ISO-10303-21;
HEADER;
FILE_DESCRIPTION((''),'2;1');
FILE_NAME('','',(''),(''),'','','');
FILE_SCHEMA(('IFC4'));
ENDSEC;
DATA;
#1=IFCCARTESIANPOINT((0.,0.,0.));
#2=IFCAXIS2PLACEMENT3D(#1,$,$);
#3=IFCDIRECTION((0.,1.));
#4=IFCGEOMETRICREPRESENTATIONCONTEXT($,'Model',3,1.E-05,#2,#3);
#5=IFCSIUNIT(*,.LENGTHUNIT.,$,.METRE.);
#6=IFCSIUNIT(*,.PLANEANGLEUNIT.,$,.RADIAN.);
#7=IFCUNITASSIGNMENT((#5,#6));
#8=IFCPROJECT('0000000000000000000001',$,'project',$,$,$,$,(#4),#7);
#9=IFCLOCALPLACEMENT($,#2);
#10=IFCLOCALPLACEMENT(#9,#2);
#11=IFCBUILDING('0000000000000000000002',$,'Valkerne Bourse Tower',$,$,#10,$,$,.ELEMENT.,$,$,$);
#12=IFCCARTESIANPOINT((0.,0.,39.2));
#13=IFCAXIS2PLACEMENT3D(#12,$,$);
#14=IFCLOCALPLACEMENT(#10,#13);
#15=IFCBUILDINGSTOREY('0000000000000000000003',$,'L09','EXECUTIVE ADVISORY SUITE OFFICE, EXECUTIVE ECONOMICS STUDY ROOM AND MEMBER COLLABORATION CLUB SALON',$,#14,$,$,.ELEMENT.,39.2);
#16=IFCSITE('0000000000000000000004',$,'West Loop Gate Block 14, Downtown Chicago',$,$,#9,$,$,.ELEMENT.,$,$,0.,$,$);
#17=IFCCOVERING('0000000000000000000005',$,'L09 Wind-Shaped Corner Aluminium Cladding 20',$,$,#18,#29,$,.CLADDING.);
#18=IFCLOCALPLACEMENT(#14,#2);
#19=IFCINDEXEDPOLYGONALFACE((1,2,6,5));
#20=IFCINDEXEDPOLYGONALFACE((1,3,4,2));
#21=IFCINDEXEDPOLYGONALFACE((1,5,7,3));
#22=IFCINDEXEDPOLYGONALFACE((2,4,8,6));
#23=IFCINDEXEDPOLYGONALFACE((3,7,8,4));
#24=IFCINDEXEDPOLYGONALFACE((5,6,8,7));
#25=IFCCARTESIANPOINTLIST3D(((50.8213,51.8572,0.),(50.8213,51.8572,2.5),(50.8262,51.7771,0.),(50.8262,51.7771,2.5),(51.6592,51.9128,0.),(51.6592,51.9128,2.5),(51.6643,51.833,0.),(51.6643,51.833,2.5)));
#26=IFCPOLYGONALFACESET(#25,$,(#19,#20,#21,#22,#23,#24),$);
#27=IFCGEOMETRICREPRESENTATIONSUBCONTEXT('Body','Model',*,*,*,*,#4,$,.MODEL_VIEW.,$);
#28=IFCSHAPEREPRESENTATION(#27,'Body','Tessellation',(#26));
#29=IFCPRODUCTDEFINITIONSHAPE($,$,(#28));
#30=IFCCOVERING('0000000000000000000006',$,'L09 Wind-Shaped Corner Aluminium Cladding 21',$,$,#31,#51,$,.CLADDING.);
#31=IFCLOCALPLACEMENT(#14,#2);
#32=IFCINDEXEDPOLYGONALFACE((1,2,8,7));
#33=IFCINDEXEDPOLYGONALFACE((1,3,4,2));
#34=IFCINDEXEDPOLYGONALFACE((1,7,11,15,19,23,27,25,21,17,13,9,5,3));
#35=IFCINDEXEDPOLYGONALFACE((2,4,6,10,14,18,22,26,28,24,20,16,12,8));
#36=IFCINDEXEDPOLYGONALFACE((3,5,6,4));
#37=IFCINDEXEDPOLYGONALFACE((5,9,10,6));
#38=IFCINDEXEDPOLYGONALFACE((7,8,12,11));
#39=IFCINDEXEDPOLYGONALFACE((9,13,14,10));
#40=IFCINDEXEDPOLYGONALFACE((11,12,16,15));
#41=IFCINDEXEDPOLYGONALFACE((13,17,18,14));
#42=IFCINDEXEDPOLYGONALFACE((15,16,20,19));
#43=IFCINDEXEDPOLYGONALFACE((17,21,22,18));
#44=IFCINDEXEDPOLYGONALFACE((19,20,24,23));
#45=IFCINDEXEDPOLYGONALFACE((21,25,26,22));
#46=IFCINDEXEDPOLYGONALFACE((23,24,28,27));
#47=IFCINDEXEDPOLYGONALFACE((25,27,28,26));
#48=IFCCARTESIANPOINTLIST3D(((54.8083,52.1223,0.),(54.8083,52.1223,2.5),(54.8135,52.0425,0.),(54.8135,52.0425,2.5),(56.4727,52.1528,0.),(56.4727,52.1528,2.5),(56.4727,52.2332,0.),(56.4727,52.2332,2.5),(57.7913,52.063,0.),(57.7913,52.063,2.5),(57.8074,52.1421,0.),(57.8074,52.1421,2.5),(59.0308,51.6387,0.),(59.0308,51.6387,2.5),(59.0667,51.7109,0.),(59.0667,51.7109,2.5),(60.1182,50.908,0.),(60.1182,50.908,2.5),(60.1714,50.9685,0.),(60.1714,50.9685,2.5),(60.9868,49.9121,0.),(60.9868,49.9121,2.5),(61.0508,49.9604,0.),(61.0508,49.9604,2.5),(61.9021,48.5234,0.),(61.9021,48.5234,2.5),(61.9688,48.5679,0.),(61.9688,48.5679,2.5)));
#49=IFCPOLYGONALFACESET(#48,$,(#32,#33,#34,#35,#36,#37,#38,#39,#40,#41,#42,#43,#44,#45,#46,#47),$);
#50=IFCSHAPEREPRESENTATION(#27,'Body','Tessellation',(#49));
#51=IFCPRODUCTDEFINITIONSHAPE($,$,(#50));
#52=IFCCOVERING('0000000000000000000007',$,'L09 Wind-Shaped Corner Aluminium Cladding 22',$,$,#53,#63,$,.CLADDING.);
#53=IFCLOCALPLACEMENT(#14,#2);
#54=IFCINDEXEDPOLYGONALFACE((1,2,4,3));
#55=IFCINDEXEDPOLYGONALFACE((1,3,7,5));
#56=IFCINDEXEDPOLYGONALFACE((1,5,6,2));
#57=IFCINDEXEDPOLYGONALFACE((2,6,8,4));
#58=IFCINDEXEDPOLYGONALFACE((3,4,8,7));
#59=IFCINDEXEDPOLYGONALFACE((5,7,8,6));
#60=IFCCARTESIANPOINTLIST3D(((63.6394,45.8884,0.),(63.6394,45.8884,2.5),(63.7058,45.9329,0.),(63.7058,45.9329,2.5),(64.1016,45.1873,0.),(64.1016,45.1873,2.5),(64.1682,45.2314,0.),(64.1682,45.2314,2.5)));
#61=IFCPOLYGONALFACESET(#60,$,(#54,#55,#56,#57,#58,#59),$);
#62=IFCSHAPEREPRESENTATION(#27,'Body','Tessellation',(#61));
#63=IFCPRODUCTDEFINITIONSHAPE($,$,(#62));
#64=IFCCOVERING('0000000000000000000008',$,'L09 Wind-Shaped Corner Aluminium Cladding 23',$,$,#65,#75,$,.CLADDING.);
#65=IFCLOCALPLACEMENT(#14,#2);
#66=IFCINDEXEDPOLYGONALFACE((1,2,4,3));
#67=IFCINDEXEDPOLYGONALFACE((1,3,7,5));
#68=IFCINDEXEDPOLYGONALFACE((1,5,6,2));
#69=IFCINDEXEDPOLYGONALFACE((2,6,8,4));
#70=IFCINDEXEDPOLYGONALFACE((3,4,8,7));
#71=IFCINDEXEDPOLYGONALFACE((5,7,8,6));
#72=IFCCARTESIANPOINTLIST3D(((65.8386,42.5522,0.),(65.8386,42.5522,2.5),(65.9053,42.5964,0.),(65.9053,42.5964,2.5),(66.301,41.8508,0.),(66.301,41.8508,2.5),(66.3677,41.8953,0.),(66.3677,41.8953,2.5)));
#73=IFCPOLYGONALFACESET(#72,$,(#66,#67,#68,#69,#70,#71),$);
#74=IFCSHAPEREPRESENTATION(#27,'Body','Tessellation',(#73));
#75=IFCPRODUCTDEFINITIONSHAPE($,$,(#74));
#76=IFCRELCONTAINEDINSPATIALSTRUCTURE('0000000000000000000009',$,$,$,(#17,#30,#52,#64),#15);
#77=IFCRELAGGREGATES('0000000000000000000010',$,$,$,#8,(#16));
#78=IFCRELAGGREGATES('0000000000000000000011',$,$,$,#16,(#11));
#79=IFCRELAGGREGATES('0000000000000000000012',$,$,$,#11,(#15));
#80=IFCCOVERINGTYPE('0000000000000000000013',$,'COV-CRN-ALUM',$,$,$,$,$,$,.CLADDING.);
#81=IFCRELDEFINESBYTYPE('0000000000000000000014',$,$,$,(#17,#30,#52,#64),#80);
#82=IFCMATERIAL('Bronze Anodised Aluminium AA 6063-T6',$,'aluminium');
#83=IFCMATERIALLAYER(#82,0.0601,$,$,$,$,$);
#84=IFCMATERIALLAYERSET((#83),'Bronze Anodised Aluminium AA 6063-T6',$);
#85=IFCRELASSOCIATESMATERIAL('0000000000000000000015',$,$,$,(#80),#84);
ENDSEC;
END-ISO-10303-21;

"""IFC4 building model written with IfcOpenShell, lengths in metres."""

from ifc_helpers import new_model, si_unit, direction, frame, origin, place, context, subcontext, project, spatial, polyline, outline, extrude, material, layer, layer_set, type_object, element, save


model = new_model("IFC4")

# Units and contexts
model_context = context("Model", 3, precision=1e-05, world=origin(), true_north=direction((0.0, 1.0)))
body_context = subcontext(model_context, "Body", "Model", "MODEL_VIEW")
ifc_project = project(units=[si_unit("LENGTHUNIT", "METRE"), si_unit("PLANEANGLEUNIT", "RADIAN")], contexts=[model_context])

# Site, building, storey
site_placement = place(None, origin())
site = spatial("IfcSite", under=ifc_project, at=site_placement, Name="West Loop Gate Block 14, Downtown Chicago", CompositionType="ELEMENT", RefElevation=0.0)
building_placement = place(site_placement, origin())
building = spatial("IfcBuilding", under=site, at=building_placement, Name="Valkerne Bourse Tower", CompositionType="ELEMENT")
storey_placement = place(building_placement, frame((0.0, 0.0, 39.2)))
storey = spatial("IfcBuildingStorey", under=building, at=storey_placement, Name="L09", Description="EXECUTIVE ADVISORY SUITE OFFICE, EXECUTIVE ECONOMICS STUDY ROOM AND MEMBER COLLABORATION CLUB SALON", CompositionType="ELEMENT", Elevation=39.2)

# Coverings
ifc_material_1 = material(Name="Bronze Anodised Aluminium AA 6063-T6", Category="aluminium")
ifc_layer_1 = layer(ifc_material_1, 0.0601)
ifc_layer_set_1 = layer_set([ifc_layer_1], Name="Bronze Anodised Aluminium AA 6063-T6")
covering_type = type_object("IfcCoveringType", Name="COV-CRN-ALUM", PredefinedType="CLADDING", material=ifc_layer_set_1)
covering_1_placement = place(storey_placement, origin())
element("IfcCovering", 1, at=covering_1_placement, inside=storey, type_object=covering_type, Name="L09 Wind-Shaped Corner Aluminium Cladding 20", PredefinedType="CLADDING", context=body_context, shape_type="SweptSolid", body=[
    extrude(outline(polyline([(51.6592, 51.9128), (51.6643, 51.833), (50.8262, 51.7771), (50.8213, 51.8572), (51.6592, 51.9128)])), origin(), (0.0, 0.0, 1.0), 2.5),
])
covering_2_placement = place(storey_placement, origin())
element("IfcCovering", 2, at=covering_2_placement, inside=storey, type_object=covering_type, Name="L09 Wind-Shaped Corner Aluminium Cladding 21", PredefinedType="CLADDING", context=body_context, shape_type="SweptSolid", body=[
    extrude(outline(polyline([(56.4727, 52.2332), (57.8074, 52.1421), (59.0667, 51.7109), (60.1714, 50.9685), (61.0508, 49.9604), (61.9688, 48.5679), (61.9021, 48.5234), (60.9868, 49.9121), (60.1182, 50.908), (59.0308, 51.6387), (57.7913, 52.063), (56.4727, 52.1528), (54.8135, 52.0425), (54.8083, 52.1223), (56.4727, 52.2332)])), origin(), (0.0, 0.0, 1.0), 2.5),
])
covering_3_placement = place(storey_placement, origin())
element("IfcCovering", 3, at=covering_3_placement, inside=storey, type_object=covering_type, Name="L09 Wind-Shaped Corner Aluminium Cladding 22", PredefinedType="CLADDING", context=body_context, shape_type="SweptSolid", body=[
    extrude(outline(polyline([(64.1682, 45.2314), (64.1016, 45.1873), (63.6394, 45.8884), (63.7058, 45.9329), (64.1682, 45.2314)])), origin(), (0.0, 0.0, 1.0), 2.5),
])
covering_4_placement = place(storey_placement, origin())
element("IfcCovering", 4, at=covering_4_placement, inside=storey, type_object=covering_type, Name="L09 Wind-Shaped Corner Aluminium Cladding 23", PredefinedType="CLADDING", context=body_context, shape_type="SweptSolid", body=[
    extrude(outline(polyline([(66.3677, 41.8953), (66.301, 41.8508), (65.8386, 42.5522), (65.9053, 42.5964), (66.3677, 41.8953)])), origin(), (0.0, 0.0, 1.0), 2.5),
])

save(model, "model.ifc")
